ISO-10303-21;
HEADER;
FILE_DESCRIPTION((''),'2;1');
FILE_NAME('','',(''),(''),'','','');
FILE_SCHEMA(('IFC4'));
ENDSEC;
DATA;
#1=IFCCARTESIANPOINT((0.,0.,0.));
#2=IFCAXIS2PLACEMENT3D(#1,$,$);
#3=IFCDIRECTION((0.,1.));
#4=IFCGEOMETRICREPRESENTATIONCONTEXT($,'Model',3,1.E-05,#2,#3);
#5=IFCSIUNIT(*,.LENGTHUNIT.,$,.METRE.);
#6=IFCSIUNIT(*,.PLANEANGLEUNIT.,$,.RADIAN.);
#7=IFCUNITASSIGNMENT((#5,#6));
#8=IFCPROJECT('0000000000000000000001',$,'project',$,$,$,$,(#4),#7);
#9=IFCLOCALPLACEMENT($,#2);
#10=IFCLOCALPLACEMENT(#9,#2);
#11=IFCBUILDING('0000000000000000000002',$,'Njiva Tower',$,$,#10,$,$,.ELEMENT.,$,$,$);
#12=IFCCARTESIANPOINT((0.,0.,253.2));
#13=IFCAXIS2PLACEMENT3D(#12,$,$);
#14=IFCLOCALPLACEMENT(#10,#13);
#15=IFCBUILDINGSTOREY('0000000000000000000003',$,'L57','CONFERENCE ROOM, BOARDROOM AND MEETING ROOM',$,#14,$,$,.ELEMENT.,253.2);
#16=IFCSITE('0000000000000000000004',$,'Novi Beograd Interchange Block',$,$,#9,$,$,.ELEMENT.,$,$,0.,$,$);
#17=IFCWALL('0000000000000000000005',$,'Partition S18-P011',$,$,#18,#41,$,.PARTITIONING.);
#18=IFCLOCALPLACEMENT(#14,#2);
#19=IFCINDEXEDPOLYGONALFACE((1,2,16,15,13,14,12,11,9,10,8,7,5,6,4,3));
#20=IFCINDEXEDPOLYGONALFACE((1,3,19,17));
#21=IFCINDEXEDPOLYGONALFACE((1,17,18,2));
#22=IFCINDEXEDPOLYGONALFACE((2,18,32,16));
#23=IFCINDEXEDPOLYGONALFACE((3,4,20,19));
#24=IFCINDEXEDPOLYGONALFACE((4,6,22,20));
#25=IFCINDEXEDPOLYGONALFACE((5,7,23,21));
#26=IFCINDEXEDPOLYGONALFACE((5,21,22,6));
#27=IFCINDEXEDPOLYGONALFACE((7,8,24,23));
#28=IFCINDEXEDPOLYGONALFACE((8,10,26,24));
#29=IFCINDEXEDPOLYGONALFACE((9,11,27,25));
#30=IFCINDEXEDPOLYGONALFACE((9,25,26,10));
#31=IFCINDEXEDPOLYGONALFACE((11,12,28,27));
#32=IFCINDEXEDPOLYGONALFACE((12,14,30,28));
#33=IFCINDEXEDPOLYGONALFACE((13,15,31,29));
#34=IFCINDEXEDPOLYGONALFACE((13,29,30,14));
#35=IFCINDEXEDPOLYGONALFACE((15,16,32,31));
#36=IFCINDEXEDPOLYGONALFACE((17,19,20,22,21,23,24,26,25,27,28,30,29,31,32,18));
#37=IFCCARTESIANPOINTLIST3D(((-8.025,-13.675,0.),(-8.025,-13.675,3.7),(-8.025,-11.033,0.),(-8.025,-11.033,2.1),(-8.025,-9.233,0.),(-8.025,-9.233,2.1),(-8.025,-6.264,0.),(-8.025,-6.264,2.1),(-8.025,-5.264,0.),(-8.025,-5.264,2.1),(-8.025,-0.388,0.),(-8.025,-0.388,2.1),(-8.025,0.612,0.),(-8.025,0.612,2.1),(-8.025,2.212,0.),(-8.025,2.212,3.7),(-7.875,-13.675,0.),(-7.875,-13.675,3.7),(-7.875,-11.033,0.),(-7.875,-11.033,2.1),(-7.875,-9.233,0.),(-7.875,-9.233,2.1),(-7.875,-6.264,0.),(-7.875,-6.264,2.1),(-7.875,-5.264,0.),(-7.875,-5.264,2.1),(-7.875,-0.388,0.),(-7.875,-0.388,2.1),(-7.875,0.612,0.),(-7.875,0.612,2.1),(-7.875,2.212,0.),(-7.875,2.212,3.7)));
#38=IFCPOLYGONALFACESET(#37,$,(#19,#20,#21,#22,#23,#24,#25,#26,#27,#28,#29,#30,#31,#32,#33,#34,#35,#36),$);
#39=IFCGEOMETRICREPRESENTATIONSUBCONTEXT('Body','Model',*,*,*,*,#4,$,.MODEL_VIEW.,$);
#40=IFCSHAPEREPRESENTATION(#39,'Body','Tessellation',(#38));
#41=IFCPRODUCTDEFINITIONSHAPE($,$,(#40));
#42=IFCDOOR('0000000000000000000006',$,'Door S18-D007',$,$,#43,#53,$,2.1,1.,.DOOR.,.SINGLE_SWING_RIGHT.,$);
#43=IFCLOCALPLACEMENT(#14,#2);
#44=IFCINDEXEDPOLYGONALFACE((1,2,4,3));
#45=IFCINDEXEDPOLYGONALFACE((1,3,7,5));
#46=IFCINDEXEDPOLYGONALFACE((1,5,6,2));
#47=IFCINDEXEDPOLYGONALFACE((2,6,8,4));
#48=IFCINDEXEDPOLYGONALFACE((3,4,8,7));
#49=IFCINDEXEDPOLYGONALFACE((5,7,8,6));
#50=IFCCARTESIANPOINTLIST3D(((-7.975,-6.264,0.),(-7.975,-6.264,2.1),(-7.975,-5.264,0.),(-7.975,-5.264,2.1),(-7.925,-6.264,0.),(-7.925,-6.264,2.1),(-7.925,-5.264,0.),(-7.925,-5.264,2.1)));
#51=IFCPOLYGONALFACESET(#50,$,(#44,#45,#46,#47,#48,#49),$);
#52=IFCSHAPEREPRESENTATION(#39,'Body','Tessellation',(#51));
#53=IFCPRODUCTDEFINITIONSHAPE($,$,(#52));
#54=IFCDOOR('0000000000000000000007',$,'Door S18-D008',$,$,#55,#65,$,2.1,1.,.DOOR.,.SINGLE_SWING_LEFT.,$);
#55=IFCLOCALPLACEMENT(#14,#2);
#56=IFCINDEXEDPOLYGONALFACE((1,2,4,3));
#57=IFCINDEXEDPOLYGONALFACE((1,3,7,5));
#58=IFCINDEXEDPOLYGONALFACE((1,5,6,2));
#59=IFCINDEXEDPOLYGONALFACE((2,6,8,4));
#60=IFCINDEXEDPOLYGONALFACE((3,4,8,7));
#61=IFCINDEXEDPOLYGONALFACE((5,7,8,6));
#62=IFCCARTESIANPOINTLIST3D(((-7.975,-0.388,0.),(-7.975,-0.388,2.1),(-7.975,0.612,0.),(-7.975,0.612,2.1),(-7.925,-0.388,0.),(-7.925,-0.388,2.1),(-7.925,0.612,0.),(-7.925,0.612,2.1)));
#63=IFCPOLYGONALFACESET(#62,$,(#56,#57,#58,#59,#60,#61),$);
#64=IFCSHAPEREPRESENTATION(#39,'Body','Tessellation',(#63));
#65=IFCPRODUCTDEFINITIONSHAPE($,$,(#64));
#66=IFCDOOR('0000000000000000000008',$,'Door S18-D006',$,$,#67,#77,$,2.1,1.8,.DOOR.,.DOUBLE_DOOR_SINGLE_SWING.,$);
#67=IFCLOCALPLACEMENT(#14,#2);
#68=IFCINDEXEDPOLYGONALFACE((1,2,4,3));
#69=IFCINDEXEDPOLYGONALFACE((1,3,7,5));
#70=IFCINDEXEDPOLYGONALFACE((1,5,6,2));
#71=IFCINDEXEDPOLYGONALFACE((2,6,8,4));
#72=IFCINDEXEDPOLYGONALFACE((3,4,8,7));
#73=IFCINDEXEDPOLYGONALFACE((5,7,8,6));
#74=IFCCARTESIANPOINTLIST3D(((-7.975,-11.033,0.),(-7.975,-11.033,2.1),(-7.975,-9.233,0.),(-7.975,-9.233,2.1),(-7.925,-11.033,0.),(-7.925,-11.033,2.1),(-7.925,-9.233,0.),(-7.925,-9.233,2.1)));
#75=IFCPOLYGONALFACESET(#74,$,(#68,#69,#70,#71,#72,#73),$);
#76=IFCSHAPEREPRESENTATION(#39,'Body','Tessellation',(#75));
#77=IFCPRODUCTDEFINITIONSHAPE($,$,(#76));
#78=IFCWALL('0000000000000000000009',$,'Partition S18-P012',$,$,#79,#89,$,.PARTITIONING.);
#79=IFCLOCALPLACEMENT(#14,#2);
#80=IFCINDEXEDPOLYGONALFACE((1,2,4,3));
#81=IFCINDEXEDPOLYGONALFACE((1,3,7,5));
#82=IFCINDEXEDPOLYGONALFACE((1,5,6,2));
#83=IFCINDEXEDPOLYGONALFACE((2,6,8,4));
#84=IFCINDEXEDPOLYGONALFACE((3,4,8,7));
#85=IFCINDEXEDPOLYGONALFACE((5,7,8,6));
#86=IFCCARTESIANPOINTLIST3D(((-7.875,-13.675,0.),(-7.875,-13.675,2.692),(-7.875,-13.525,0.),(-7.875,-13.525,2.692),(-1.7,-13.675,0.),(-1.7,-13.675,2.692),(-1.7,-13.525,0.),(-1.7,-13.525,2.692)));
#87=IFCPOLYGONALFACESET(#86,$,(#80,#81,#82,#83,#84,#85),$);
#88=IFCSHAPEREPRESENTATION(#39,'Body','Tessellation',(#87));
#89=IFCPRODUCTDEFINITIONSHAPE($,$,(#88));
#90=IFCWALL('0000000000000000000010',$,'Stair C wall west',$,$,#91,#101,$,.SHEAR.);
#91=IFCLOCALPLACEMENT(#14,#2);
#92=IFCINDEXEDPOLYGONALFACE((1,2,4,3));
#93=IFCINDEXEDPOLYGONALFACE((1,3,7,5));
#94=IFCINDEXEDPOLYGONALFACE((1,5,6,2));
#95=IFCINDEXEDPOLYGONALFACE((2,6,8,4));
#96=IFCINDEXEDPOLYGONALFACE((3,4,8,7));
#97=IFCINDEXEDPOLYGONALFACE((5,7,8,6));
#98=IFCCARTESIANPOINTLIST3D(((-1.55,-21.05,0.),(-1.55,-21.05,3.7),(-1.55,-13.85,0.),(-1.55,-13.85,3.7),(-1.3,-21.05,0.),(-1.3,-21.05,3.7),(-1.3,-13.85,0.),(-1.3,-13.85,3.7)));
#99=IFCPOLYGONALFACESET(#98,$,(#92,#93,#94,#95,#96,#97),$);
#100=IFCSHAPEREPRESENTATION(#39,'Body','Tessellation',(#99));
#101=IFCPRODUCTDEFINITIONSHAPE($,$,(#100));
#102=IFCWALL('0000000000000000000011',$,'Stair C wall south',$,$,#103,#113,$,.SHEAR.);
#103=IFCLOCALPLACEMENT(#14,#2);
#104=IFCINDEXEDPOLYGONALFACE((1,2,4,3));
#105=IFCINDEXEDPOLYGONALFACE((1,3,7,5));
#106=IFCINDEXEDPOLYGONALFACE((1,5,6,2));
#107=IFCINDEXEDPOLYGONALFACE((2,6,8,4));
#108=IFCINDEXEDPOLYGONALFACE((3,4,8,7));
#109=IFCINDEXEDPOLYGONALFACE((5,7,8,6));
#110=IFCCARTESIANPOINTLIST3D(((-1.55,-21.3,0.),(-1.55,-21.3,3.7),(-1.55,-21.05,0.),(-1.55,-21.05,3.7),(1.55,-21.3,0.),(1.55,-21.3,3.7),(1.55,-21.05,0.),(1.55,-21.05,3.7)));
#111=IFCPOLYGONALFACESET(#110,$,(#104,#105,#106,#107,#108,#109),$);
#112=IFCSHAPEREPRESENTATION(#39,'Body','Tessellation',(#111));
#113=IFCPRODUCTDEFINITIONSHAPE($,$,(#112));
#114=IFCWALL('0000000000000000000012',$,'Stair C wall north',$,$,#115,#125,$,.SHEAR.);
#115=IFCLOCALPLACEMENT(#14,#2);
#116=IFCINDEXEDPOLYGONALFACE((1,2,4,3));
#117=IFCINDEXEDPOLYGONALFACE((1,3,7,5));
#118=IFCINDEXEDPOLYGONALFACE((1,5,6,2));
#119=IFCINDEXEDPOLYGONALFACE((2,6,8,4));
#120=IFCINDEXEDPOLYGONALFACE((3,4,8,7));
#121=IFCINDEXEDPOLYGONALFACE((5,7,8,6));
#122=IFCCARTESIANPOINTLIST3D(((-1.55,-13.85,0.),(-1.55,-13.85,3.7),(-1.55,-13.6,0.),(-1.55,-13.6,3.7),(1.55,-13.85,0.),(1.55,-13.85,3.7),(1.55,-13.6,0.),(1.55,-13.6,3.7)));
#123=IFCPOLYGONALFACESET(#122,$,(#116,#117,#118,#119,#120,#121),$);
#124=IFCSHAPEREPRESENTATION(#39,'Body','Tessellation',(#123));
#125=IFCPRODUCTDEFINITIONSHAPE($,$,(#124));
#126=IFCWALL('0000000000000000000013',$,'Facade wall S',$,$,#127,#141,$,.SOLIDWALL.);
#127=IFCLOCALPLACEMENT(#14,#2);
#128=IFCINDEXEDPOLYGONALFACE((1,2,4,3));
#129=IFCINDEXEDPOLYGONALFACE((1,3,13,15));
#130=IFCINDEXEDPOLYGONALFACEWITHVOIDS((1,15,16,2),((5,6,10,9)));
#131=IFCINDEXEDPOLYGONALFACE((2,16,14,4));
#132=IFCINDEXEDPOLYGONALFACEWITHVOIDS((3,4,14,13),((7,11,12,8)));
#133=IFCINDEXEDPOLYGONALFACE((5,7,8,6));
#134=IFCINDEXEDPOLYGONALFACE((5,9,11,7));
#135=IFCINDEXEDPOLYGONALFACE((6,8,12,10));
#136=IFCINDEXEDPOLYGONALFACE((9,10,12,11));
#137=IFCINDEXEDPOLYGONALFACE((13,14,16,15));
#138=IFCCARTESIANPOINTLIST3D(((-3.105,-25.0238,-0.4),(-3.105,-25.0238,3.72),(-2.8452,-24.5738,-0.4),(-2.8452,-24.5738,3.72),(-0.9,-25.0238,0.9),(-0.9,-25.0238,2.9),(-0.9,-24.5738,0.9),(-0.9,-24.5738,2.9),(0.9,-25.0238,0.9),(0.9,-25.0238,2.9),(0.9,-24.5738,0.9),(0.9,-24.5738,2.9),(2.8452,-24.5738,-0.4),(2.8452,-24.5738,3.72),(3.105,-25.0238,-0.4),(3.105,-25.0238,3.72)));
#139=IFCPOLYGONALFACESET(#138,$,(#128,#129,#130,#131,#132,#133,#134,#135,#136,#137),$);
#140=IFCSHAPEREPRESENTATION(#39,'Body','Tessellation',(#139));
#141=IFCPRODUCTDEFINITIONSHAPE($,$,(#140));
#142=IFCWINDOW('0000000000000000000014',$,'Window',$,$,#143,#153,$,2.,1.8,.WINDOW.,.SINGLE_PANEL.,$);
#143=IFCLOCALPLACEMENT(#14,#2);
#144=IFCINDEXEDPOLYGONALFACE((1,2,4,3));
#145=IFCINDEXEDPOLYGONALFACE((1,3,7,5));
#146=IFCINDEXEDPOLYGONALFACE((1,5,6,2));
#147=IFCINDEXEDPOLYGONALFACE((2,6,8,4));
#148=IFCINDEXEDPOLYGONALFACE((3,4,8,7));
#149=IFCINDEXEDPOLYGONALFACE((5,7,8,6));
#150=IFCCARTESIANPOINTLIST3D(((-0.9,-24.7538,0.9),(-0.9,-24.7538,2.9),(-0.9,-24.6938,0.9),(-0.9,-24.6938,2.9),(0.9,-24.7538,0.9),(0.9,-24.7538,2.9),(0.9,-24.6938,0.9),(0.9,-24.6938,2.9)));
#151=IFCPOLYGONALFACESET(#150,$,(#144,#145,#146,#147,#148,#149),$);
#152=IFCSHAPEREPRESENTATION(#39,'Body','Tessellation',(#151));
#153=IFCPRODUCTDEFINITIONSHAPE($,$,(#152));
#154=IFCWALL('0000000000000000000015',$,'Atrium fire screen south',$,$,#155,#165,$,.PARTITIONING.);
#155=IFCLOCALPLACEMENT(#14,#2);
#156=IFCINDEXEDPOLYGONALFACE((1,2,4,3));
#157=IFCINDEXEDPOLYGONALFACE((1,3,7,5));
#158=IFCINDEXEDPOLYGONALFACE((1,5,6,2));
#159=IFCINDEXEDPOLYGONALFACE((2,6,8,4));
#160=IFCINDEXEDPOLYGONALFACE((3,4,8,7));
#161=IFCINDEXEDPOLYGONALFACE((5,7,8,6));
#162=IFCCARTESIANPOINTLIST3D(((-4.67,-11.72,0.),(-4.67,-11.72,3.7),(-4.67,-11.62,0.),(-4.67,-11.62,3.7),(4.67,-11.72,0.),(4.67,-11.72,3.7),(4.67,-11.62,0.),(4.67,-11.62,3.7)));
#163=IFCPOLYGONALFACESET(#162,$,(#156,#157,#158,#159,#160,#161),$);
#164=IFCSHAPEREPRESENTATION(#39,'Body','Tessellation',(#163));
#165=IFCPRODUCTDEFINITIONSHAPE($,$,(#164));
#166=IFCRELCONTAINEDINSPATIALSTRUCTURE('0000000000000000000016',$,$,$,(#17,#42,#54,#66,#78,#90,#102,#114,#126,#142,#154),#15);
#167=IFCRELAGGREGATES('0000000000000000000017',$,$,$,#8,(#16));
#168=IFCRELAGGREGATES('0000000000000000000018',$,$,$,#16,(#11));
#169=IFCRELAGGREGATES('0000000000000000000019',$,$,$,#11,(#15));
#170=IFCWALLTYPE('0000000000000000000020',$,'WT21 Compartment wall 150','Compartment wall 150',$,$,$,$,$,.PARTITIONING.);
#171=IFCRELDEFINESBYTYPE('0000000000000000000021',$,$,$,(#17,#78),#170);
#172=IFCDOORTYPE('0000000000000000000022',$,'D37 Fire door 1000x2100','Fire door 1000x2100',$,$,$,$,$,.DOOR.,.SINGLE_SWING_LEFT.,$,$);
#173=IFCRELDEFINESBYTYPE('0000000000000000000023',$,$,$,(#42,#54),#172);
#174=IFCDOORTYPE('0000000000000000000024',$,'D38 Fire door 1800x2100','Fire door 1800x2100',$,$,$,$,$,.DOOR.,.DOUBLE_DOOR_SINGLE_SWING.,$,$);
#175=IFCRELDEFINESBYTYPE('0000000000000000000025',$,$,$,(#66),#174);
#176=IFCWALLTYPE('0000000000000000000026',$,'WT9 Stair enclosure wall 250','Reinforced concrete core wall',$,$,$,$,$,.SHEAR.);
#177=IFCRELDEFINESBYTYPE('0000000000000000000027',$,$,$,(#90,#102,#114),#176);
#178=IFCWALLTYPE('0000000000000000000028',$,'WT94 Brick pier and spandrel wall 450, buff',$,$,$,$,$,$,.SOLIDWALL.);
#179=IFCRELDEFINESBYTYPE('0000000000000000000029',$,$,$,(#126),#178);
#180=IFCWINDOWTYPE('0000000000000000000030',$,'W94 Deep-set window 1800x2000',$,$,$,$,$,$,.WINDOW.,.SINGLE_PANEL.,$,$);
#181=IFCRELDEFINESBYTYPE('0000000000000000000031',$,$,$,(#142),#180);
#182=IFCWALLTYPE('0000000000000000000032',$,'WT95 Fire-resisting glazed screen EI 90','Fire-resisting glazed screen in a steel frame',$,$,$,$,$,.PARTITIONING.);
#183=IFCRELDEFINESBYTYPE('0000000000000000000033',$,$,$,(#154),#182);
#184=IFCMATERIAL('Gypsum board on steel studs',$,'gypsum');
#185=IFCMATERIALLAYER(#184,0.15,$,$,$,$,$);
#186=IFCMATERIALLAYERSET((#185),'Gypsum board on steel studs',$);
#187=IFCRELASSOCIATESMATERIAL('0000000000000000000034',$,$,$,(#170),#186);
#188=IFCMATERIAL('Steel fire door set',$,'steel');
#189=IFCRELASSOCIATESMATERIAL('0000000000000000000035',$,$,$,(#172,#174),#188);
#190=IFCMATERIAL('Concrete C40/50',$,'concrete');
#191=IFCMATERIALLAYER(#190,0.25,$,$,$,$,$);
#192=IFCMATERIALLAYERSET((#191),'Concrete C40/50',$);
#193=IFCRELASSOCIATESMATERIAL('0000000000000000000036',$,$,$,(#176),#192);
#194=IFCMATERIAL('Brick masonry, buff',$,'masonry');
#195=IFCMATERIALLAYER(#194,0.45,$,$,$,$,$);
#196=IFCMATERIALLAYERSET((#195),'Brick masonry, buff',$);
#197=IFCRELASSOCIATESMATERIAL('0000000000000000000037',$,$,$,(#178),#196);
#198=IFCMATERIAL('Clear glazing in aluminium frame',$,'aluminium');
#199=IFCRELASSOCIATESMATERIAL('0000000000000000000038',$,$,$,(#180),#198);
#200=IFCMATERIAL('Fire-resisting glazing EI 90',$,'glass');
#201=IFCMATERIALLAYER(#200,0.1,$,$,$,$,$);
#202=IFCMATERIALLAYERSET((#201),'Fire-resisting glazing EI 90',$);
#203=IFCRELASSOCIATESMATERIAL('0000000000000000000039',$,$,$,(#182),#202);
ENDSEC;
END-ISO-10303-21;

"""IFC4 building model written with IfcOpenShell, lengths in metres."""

from ifc_helpers import new_model, si_unit, direction, frame, frame_2d, origin, place, context, subcontext, project, spatial, polyline, rectangle, outline, extrude, material, layer, layer_set, type_object, element, fill, save


model = new_model("IFC4")

# Units and contexts
model_context = context("Model", 3, precision=1e-05, world=origin(), true_north=direction((0.0, 1.0)))
body_context = subcontext(model_context, "Body", "Model", "MODEL_VIEW")
ifc_project = project(units=[si_unit("LENGTHUNIT", "METRE"), si_unit("PLANEANGLEUNIT", "RADIAN")], contexts=[model_context])

# Site, building, storey
site_placement = place(None, origin())
site = spatial("IfcSite", under=ifc_project, at=site_placement, Name="Novi Beograd Interchange Block", CompositionType="ELEMENT", RefElevation=0.0)
building_placement = place(site_placement, origin())
building = spatial("IfcBuilding", under=site, at=building_placement, Name="Njiva Tower", CompositionType="ELEMENT")
storey_placement = place(building_placement, frame((0.0, 0.0, 253.2)))
storey = spatial("IfcBuildingStorey", under=building, at=storey_placement, Name="L57", Description="CONFERENCE ROOM, BOARDROOM AND MEETING ROOM", CompositionType="ELEMENT", Elevation=253.2)

# Shared definitions
ifc_material_1 = material(Name="Gypsum board on steel studs", Category="gypsum")
ifc_layer_1 = layer(ifc_material_1, 0.15)
ifc_layer_set_1 = layer_set([ifc_layer_1], Name="Gypsum board on steel studs")
wall_type_1 = type_object("IfcWallType", Name="WT21 Compartment wall 150", Description="Compartment wall 150", PredefinedType="PARTITIONING", material=ifc_layer_set_1)

# Wall, openings, doors
wall_1_placement = place(storey_placement, frame((-7.95, -13.675, 0.0), z_axis=(0.0, 0.0, 1.0), x_axis=(0.0, 1.0, 0.0)))
wall_1 = element("IfcWall", 1, at=wall_1_placement, inside=storey, type_object=wall_type_1, Name="Partition S18-P011", PredefinedType="PARTITIONING", context=body_context, shape_type="SweptSolid", body=[
    extrude(rectangle(XDim=15.887, YDim=0.15, at=frame_2d((7.9435, 0.0))), origin(), (0.0, 0.0, 1.0), 3.7),
])
opening_1_placement = place(wall_1_placement, frame((2.642, 0.0, 0.0)))
opening_1 = element("IfcOpeningElement", 2, at=opening_1_placement, cuts=wall_1, PredefinedType="OPENING", context=body_context, shape_type="SweptSolid", body=[
    extrude(rectangle(XDim=1.8, YDim=2.1, at=frame_2d((0.9, 1.05))), frame((0.0, 0.085, 0.0), z_axis=(0.0, -1.0, 0.0), x_axis=(1.0, 0.0, 0.0)), (0.0, 0.0, 1.0), 0.17),
])
opening_2_placement = place(wall_1_placement, frame((7.411, 0.0, 0.0)))
opening_2 = element("IfcOpeningElement", 3, at=opening_2_placement, cuts=wall_1, PredefinedType="OPENING", context=body_context, shape_type="SweptSolid", body=[
    extrude(rectangle(XDim=1.0, YDim=2.1, at=frame_2d((0.5, 1.05))), frame((0.0, 0.085, 0.0), z_axis=(0.0, -1.0, 0.0), x_axis=(1.0, 0.0, 0.0)), (0.0, 0.0, 1.0), 0.17),
])
opening_3_placement = place(wall_1_placement, frame((13.287, 0.0, 0.0)))
opening_3 = element("IfcOpeningElement", 4, at=opening_3_placement, cuts=wall_1, PredefinedType="OPENING", context=body_context, shape_type="SweptSolid", body=[
    extrude(rectangle(XDim=1.0, YDim=2.1, at=frame_2d((0.5, 1.05))), frame((0.0, 0.085, 0.0), z_axis=(0.0, -1.0, 0.0), x_axis=(1.0, 0.0, 0.0)), (0.0, 0.0, 1.0), 0.17),
])
ifc_material_2 = material(Name="Steel fire door set", Category="steel")
door_type_1 = type_object("IfcDoorType", Name="D37 Fire door 1000x2100", Description="Fire door 1000x2100", OperationType="SINGLE_SWING_LEFT", PredefinedType="DOOR", material=ifc_material_2)
door_1_placement = place(opening_2_placement, origin())
door_1 = element("IfcDoor", 5, at=door_1_placement, inside=storey, type_object=door_type_1, Name="Door S18-D007", OperationType="SINGLE_SWING_RIGHT", OverallHeight=2.1, OverallWidth=1.0, PredefinedType="DOOR", context=body_context, shape_type="SweptSolid", body=[
    extrude(rectangle(XDim=1.0, YDim=2.1, at=frame_2d((0.5, 1.05))), frame((0.0, 0.025, 0.0), z_axis=(0.0, -1.0, 0.0), x_axis=(1.0, 0.0, 0.0)), (0.0, 0.0, 1.0), 0.05),
])
fill(opening_2, door_1)
door_2_placement = place(opening_3_placement, origin())
door_2 = element("IfcDoor", 6, at=door_2_placement, inside=storey, type_object=door_type_1, Name="Door S18-D008", OperationType="SINGLE_SWING_LEFT", OverallHeight=2.1, OverallWidth=1.0, PredefinedType="DOOR", context=body_context, shape_type="SweptSolid", body=[
    extrude(rectangle(XDim=1.0, YDim=2.1, at=frame_2d((0.5, 1.05))), frame((0.0, 0.025, 0.0), z_axis=(0.0, -1.0, 0.0), x_axis=(1.0, 0.0, 0.0)), (0.0, 0.0, 1.0), 0.05),
])
fill(opening_3, door_2)
door_type_2 = type_object("IfcDoorType", Name="D38 Fire door 1800x2100", Description="Fire door 1800x2100", OperationType="DOUBLE_DOOR_SINGLE_SWING", PredefinedType="DOOR", material=ifc_material_2)
door_3_placement = place(opening_1_placement, origin())
door_3 = element("IfcDoor", 7, at=door_3_placement, inside=storey, type_object=door_type_2, Name="Door S18-D006", OperationType="DOUBLE_DOOR_SINGLE_SWING", OverallHeight=2.1, OverallWidth=1.8, PredefinedType="DOOR", context=body_context, shape_type="SweptSolid", body=[
    extrude(rectangle(XDim=1.8, YDim=2.1, at=frame_2d((0.9, 1.05))), frame((0.0, 0.025, 0.0), z_axis=(0.0, -1.0, 0.0), x_axis=(1.0, 0.0, 0.0)), (0.0, 0.0, 1.0), 0.05),
])
fill(opening_1, door_3)

# Walls
wall_2_placement = place(storey_placement, frame((-7.875, -13.6, 0.0), z_axis=(0.0, 0.0, 1.0), x_axis=(1.0, 0.0, 0.0)))
element("IfcWall", 8, at=wall_2_placement, inside=storey, type_object=wall_type_1, Name="Partition S18-P012", PredefinedType="PARTITIONING", context=body_context, shape_type="SweptSolid", body=[
    extrude(rectangle(XDim=6.175, YDim=0.15, at=frame_2d((3.0875, 0.0))), origin(), (0.0, 0.0, 1.0), 2.692),
])
ifc_material_3 = material(Name="Concrete C40/50", Category="concrete")
ifc_layer_2 = layer(ifc_material_3, 0.25)
ifc_layer_set_2 = layer_set([ifc_layer_2], Name="Concrete C40/50")
wall_type_2 = type_object("IfcWallType", Name="WT9 Stair enclosure wall 250", Description="Reinforced concrete core wall", PredefinedType="SHEAR", material=ifc_layer_set_2)
wall_3_placement = place(storey_placement, frame((-1.425, -21.05, 0.0), z_axis=(0.0, 0.0, 1.0), x_axis=(0.0, 1.0, 0.0)))
element("IfcWall", 9, at=wall_3_placement, inside=storey, type_object=wall_type_2, Name="Stair C wall west", PredefinedType="SHEAR", context=body_context, shape_type="SweptSolid", body=[
    extrude(rectangle(XDim=7.2, YDim=0.25, at=frame_2d((3.6, 0.0))), origin(), (0.0, 0.0, 1.0), 3.7),
])
for number, where, z_axis, x_axis, name in (
    (10, (-1.55, -21.175, 0.0), (0.0, 0.0, 1.0), (1.0, 0.0, 0.0), "Stair C wall south"),
    (11, (-1.55, -13.725, 0.0), (0.0, 0.0, 1.0), (1.0, 0.0, 0.0), "Stair C wall north"),
):
    element("IfcWall", number, at=place(storey_placement, frame(where, z_axis=z_axis, x_axis=x_axis)), inside=storey, type_object=wall_type_2, Name=name, PredefinedType="SHEAR", context=body_context, shape_type="SweptSolid", body=[
        extrude(rectangle(XDim=3.1, YDim=0.25, at=frame_2d((1.55, 0.0))), origin(), (0.0, 0.0, 1.0), 3.7),
    ])

# Wall, opening, window
ifc_material_4 = material(Name="Brick masonry, buff", Category="masonry")
ifc_layer_3 = layer(ifc_material_4, 0.45)
ifc_layer_set_3 = layer_set([ifc_layer_3], Name="Brick masonry, buff")
wall_type_3 = type_object("IfcWallType", Name="WT94 Brick pier and spandrel wall 450, buff", PredefinedType="SOLIDWALL", material=ifc_layer_set_3)
wall_4_placement = place(storey_placement, frame((-2.9751, -24.7988, -0.4), z_axis=(0.0, 0.0, 1.0), x_axis=(1.0, 0.0, 0.0)))
wall_4 = element("IfcWall", 12, at=wall_4_placement, inside=storey, type_object=wall_type_3, Name="Facade wall S", PredefinedType="SOLIDWALL", context=body_context, shape_type="SweptSolid", body=[
    extrude(outline(polyline([(-0.1299, -0.225), (6.0801, -0.225), (5.8203, 0.225), (0.1299, 0.225), (-0.1299, -0.225)])), origin(), (0.0, 0.0, 1.0), 4.12),
])
opening_4_placement = place(wall_4_placement, frame((2.0751, 0.0, 1.3)))
opening_4 = element("IfcOpeningElement", 13, at=opening_4_placement, cuts=wall_4, PredefinedType="OPENING", context=body_context, shape_type="SweptSolid", body=[
    extrude(rectangle(XDim=1.8, YDim=2.0, at=frame_2d((0.9, 1.0))), frame((0.0, 0.235, 0.0), z_axis=(0.0, -1.0, 0.0), x_axis=(1.0, 0.0, 0.0)), (0.0, 0.0, 1.0), 0.47),
])
ifc_material_5 = material(Name="Clear glazing in aluminium frame", Category="aluminium")
window_type = type_object("IfcWindowType", Name="W94 Deep-set window 1800x2000", PartitioningType="SINGLE_PANEL", PredefinedType="WINDOW", material=ifc_material_5)
window_placement = place(opening_4_placement, origin())
window = element("IfcWindow", 14, at=window_placement, inside=storey, type_object=window_type, Name="Window", OverallHeight=2.0, OverallWidth=1.8, PartitioningType="SINGLE_PANEL", PredefinedType="WINDOW", context=body_context, shape_type="SweptSolid", body=[
    extrude(rectangle(XDim=1.8, YDim=2.0, at=frame_2d((0.9, 1.0))), frame((0.0, 0.105, 0.0), z_axis=(0.0, -1.0, 0.0), x_axis=(1.0, 0.0, 0.0)), (0.0, 0.0, 1.0), 0.06),
])
fill(opening_4, window)

# Wall
ifc_material_6 = material(Name="Fire-resisting glazing EI 90", Category="glass")
ifc_layer_4 = layer(ifc_material_6, 0.1)
ifc_layer_set_4 = layer_set([ifc_layer_4], Name="Fire-resisting glazing EI 90")
wall_type_4 = type_object("IfcWallType", Name="WT95 Fire-resisting glazed screen EI 90", Description="Fire-resisting glazed screen in a steel frame", PredefinedType="PARTITIONING", material=ifc_layer_set_4)
wall_5_placement = place(storey_placement, frame((-4.67, -11.67, 0.0), z_axis=(0.0, 0.0, 1.0), x_axis=(1.0, 0.0, 0.0)))
element("IfcWall", 15, at=wall_5_placement, inside=storey, type_object=wall_type_4, Name="Atrium fire screen south", PredefinedType="PARTITIONING", context=body_context, shape_type="SweptSolid", body=[
    extrude(rectangle(XDim=9.34, YDim=0.1, at=frame_2d((4.67, 0.0))), origin(), (0.0, 0.0, 1.0), 3.7),
])

save(model, "model.ifc")
